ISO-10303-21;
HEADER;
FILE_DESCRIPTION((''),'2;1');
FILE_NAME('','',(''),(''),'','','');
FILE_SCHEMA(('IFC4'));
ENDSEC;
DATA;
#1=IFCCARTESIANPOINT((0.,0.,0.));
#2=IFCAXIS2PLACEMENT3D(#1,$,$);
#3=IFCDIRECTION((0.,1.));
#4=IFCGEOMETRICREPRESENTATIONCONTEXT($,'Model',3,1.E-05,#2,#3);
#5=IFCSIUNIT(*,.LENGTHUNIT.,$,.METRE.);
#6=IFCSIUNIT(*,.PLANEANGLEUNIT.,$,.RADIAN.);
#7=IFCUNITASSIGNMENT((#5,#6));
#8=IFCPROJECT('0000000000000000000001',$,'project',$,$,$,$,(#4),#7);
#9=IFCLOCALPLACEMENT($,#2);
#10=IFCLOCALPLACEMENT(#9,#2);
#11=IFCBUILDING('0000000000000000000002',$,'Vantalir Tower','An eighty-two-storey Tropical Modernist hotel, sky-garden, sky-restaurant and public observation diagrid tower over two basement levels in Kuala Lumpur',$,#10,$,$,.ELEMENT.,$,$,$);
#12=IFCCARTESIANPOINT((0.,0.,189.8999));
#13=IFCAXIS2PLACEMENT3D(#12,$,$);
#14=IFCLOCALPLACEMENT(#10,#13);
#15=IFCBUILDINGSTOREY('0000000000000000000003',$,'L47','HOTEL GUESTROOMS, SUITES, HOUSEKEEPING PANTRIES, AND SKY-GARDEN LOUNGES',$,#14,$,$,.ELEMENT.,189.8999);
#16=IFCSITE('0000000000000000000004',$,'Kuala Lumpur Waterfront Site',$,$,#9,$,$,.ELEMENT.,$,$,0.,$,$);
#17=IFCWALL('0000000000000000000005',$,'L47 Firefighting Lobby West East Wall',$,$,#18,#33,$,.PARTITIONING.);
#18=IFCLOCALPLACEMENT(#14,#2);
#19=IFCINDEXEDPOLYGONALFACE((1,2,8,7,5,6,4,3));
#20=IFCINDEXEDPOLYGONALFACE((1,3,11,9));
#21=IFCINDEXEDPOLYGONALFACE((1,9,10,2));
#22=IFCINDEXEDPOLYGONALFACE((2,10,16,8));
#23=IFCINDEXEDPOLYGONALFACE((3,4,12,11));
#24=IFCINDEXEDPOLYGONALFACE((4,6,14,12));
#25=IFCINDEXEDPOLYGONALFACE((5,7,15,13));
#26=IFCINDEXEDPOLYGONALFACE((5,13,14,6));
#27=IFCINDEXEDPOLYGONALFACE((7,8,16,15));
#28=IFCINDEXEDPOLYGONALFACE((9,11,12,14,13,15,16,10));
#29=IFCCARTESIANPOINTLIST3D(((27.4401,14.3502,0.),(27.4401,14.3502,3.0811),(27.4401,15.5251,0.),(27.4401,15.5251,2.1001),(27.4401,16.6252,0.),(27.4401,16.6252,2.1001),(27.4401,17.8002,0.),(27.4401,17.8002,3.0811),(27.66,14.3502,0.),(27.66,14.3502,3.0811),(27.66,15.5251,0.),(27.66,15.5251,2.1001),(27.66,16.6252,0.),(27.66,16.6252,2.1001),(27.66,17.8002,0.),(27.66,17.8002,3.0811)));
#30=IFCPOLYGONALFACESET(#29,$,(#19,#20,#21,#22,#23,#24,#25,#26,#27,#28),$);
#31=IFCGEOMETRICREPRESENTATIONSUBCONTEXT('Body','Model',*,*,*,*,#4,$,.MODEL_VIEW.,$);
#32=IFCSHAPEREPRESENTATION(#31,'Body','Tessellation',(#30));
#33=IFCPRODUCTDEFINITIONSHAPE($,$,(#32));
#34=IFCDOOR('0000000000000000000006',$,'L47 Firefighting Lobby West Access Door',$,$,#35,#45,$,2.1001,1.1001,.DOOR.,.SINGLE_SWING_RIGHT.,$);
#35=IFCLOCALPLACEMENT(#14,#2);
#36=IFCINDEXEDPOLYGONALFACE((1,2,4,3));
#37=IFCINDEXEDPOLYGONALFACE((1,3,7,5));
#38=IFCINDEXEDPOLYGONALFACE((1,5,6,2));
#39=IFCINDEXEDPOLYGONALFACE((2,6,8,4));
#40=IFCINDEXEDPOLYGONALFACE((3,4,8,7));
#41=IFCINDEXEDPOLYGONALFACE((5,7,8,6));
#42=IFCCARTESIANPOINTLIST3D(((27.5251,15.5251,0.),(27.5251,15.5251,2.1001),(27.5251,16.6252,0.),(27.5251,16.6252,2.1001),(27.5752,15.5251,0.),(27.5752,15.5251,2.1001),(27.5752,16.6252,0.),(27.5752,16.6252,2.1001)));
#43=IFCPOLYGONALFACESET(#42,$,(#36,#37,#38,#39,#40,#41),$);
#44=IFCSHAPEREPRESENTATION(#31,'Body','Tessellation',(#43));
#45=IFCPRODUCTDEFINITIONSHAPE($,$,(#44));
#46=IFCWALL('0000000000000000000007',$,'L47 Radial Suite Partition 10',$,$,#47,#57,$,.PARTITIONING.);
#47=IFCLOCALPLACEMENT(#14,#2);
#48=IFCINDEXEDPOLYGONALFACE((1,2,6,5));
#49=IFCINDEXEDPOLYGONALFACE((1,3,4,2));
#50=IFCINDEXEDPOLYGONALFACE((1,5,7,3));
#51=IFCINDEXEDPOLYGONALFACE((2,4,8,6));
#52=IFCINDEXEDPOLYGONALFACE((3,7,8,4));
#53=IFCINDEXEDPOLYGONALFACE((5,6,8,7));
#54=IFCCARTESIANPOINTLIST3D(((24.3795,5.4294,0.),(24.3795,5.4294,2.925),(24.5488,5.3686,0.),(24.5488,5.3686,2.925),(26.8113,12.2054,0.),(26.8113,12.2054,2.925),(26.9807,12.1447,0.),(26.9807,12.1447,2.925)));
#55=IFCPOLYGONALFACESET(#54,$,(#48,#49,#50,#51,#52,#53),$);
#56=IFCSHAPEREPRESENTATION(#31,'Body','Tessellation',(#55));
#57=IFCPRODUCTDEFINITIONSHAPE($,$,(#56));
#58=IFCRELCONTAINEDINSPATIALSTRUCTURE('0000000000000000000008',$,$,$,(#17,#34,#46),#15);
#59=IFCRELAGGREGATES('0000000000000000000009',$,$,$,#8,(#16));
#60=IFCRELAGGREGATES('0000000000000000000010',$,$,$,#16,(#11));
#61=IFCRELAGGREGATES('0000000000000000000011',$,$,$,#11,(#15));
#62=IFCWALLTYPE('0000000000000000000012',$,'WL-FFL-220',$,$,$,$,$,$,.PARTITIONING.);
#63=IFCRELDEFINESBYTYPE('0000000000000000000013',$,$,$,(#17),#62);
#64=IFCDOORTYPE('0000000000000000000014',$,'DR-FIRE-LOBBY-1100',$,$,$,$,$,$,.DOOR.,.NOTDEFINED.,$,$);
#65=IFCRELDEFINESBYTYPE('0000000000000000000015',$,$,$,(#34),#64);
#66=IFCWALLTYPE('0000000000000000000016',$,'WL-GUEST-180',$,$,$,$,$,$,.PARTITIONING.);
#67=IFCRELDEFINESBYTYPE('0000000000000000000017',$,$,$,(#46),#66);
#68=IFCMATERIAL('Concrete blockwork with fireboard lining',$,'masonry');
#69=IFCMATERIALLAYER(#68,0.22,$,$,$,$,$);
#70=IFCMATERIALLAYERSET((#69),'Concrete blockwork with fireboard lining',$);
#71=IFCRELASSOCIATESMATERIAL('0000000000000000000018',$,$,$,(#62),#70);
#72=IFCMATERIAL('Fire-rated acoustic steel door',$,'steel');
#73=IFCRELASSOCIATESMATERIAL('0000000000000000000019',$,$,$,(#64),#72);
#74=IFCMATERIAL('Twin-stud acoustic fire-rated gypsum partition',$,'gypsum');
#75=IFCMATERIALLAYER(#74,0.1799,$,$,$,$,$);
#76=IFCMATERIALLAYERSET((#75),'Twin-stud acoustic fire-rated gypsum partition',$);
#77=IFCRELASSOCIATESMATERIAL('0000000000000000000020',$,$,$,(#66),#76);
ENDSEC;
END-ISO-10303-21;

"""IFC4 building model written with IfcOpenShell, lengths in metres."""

from ifc_helpers import new_model, si_unit, direction, frame, frame_2d, origin, place, context, subcontext, project, spatial, rectangle, extrude, material, layer, layer_set, type_object, element, fill, save


model = new_model("IFC4")

# Units and contexts
model_context = context("Model", 3, precision=1e-05, world=origin(), true_north=direction((0.0, 1.0)))
body_context = subcontext(model_context, "Body", "Model", "MODEL_VIEW")
ifc_project = project(units=[si_unit("LENGTHUNIT", "METRE"), si_unit("PLANEANGLEUNIT", "RADIAN")], contexts=[model_context])

# Site, building, storey
site_placement = place(None, origin())
site = spatial("IfcSite", under=ifc_project, at=site_placement, Name="Kuala Lumpur Waterfront Site", CompositionType="ELEMENT", RefElevation=0.0)
building_placement = place(site_placement, origin())
building = spatial("IfcBuilding", under=site, at=building_placement, Name="Vantalir Tower", Description="An eighty-two-storey Tropical Modernist hotel, sky-garden, sky-restaurant and public observation diagrid tower over two basement levels in Kuala Lumpur", CompositionType="ELEMENT")
storey_placement = place(building_placement, frame((0.0, 0.0, 189.8999)))
storey = spatial("IfcBuildingStorey", under=building, at=storey_placement, Name="L47", Description="HOTEL GUESTROOMS, SUITES, HOUSEKEEPING PANTRIES, AND SKY-GARDEN LOUNGES", CompositionType="ELEMENT", Elevation=189.8999)

# Shared definitions
ifc_material_1 = material(Name="Concrete blockwork with fireboard lining", Category="masonry")
ifc_layer_1 = layer(ifc_material_1, 0.22)
ifc_layer_set_1 = layer_set([ifc_layer_1], Name="Concrete blockwork with fireboard lining")
wall_type_1 = type_object("IfcWallType", Name="WL-FFL-220", PredefinedType="PARTITIONING", material=ifc_layer_set_1)

# Wall, opening, door
wall_1_placement = place(storey_placement, frame((27.55, 14.3501, 0.0), z_axis=(0.0, 0.0, 1.0), x_axis=(0.0, 1.0, 0.0)))
wall_1 = element("IfcWall", 1, at=wall_1_placement, inside=storey, type_object=wall_type_1, Name="L47 Firefighting Lobby West East Wall", PredefinedType="PARTITIONING", context=body_context, shape_type="SweptSolid", body=[
    extrude(rectangle(XDim=3.45, YDim=0.22, at=frame_2d((1.7251, 0.0))), origin(), (0.0, 0.0, 1.0), 3.0811),
])
opening_1_placement = place(wall_1_placement, frame((1.175, 0.0, 0.0)))
opening_1 = element("IfcOpeningElement", 2, at=opening_1_placement, cuts=wall_1, PredefinedType="OPENING", context=body_context, shape_type="SweptSolid", body=[
    extrude(rectangle(XDim=1.1001, YDim=2.1001, at=frame_2d((0.55, 1.05))), frame((0.0, 0.1199, 0.0), z_axis=(0.0, -1.0, 0.0), x_axis=(1.0, 0.0, 0.0)), (0.0, 0.0, 1.0), 0.24),
])
ifc_material_2 = material(Name="Fire-rated acoustic steel door", Category="steel")
door_type_1 = type_object("IfcDoorType", Name="DR-FIRE-LOBBY-1100", OperationType="NOTDEFINED", PredefinedType="DOOR", material=ifc_material_2)
door_1_placement = place(opening_1_placement, origin())
door_1 = element("IfcDoor", 3, at=door_1_placement, inside=storey, type_object=door_type_1, Name="L47 Firefighting Lobby West Access Door", OperationType="SINGLE_SWING_RIGHT", OverallHeight=2.1001, OverallWidth=1.1001, PredefinedType="DOOR", context=body_context, shape_type="SweptSolid", body=[
    extrude(rectangle(XDim=1.1001, YDim=2.1001, at=frame_2d((0.55, 1.05))), frame((0.0, 0.0249, 0.0), z_axis=(0.0, -1.0, 0.0), x_axis=(1.0, 0.0, 0.0)), (0.0, 0.0, 1.0), 0.05),
])
fill(opening_1, door_1)

# Wall
ifc_material_3 = material(Name="Twin-stud acoustic fire-rated gypsum partition", Category="gypsum")
ifc_layer_2 = layer(ifc_material_3, 0.1799)
ifc_layer_set_2 = layer_set([ifc_layer_2], Name="Twin-stud acoustic fire-rated gypsum partition")
wall_type_2 = type_object("IfcWallType", Name="WL-GUEST-180", PredefinedType="PARTITIONING", material=ifc_layer_set_2)
wall_2_placement = place(storey_placement, frame((26.896, 12.175, 0.0), z_axis=(0.0, 0.0, 1.0), x_axis=(-0.337795, -0.94122, 0.0)))
element("IfcWall", 4, at=wall_2_placement, inside=storey, type_object=wall_type_2, Name="L47 Radial Suite Partition 10", PredefinedType="PARTITIONING", context=body_context, shape_type="SweptSolid", body=[
    extrude(rectangle(XDim=7.1992, YDim=0.1799, at=frame_2d((3.5996, 0.0))), origin(), (0.0, 0.0, 1.0), 2.925),
])

save(model, "model.ifc")
